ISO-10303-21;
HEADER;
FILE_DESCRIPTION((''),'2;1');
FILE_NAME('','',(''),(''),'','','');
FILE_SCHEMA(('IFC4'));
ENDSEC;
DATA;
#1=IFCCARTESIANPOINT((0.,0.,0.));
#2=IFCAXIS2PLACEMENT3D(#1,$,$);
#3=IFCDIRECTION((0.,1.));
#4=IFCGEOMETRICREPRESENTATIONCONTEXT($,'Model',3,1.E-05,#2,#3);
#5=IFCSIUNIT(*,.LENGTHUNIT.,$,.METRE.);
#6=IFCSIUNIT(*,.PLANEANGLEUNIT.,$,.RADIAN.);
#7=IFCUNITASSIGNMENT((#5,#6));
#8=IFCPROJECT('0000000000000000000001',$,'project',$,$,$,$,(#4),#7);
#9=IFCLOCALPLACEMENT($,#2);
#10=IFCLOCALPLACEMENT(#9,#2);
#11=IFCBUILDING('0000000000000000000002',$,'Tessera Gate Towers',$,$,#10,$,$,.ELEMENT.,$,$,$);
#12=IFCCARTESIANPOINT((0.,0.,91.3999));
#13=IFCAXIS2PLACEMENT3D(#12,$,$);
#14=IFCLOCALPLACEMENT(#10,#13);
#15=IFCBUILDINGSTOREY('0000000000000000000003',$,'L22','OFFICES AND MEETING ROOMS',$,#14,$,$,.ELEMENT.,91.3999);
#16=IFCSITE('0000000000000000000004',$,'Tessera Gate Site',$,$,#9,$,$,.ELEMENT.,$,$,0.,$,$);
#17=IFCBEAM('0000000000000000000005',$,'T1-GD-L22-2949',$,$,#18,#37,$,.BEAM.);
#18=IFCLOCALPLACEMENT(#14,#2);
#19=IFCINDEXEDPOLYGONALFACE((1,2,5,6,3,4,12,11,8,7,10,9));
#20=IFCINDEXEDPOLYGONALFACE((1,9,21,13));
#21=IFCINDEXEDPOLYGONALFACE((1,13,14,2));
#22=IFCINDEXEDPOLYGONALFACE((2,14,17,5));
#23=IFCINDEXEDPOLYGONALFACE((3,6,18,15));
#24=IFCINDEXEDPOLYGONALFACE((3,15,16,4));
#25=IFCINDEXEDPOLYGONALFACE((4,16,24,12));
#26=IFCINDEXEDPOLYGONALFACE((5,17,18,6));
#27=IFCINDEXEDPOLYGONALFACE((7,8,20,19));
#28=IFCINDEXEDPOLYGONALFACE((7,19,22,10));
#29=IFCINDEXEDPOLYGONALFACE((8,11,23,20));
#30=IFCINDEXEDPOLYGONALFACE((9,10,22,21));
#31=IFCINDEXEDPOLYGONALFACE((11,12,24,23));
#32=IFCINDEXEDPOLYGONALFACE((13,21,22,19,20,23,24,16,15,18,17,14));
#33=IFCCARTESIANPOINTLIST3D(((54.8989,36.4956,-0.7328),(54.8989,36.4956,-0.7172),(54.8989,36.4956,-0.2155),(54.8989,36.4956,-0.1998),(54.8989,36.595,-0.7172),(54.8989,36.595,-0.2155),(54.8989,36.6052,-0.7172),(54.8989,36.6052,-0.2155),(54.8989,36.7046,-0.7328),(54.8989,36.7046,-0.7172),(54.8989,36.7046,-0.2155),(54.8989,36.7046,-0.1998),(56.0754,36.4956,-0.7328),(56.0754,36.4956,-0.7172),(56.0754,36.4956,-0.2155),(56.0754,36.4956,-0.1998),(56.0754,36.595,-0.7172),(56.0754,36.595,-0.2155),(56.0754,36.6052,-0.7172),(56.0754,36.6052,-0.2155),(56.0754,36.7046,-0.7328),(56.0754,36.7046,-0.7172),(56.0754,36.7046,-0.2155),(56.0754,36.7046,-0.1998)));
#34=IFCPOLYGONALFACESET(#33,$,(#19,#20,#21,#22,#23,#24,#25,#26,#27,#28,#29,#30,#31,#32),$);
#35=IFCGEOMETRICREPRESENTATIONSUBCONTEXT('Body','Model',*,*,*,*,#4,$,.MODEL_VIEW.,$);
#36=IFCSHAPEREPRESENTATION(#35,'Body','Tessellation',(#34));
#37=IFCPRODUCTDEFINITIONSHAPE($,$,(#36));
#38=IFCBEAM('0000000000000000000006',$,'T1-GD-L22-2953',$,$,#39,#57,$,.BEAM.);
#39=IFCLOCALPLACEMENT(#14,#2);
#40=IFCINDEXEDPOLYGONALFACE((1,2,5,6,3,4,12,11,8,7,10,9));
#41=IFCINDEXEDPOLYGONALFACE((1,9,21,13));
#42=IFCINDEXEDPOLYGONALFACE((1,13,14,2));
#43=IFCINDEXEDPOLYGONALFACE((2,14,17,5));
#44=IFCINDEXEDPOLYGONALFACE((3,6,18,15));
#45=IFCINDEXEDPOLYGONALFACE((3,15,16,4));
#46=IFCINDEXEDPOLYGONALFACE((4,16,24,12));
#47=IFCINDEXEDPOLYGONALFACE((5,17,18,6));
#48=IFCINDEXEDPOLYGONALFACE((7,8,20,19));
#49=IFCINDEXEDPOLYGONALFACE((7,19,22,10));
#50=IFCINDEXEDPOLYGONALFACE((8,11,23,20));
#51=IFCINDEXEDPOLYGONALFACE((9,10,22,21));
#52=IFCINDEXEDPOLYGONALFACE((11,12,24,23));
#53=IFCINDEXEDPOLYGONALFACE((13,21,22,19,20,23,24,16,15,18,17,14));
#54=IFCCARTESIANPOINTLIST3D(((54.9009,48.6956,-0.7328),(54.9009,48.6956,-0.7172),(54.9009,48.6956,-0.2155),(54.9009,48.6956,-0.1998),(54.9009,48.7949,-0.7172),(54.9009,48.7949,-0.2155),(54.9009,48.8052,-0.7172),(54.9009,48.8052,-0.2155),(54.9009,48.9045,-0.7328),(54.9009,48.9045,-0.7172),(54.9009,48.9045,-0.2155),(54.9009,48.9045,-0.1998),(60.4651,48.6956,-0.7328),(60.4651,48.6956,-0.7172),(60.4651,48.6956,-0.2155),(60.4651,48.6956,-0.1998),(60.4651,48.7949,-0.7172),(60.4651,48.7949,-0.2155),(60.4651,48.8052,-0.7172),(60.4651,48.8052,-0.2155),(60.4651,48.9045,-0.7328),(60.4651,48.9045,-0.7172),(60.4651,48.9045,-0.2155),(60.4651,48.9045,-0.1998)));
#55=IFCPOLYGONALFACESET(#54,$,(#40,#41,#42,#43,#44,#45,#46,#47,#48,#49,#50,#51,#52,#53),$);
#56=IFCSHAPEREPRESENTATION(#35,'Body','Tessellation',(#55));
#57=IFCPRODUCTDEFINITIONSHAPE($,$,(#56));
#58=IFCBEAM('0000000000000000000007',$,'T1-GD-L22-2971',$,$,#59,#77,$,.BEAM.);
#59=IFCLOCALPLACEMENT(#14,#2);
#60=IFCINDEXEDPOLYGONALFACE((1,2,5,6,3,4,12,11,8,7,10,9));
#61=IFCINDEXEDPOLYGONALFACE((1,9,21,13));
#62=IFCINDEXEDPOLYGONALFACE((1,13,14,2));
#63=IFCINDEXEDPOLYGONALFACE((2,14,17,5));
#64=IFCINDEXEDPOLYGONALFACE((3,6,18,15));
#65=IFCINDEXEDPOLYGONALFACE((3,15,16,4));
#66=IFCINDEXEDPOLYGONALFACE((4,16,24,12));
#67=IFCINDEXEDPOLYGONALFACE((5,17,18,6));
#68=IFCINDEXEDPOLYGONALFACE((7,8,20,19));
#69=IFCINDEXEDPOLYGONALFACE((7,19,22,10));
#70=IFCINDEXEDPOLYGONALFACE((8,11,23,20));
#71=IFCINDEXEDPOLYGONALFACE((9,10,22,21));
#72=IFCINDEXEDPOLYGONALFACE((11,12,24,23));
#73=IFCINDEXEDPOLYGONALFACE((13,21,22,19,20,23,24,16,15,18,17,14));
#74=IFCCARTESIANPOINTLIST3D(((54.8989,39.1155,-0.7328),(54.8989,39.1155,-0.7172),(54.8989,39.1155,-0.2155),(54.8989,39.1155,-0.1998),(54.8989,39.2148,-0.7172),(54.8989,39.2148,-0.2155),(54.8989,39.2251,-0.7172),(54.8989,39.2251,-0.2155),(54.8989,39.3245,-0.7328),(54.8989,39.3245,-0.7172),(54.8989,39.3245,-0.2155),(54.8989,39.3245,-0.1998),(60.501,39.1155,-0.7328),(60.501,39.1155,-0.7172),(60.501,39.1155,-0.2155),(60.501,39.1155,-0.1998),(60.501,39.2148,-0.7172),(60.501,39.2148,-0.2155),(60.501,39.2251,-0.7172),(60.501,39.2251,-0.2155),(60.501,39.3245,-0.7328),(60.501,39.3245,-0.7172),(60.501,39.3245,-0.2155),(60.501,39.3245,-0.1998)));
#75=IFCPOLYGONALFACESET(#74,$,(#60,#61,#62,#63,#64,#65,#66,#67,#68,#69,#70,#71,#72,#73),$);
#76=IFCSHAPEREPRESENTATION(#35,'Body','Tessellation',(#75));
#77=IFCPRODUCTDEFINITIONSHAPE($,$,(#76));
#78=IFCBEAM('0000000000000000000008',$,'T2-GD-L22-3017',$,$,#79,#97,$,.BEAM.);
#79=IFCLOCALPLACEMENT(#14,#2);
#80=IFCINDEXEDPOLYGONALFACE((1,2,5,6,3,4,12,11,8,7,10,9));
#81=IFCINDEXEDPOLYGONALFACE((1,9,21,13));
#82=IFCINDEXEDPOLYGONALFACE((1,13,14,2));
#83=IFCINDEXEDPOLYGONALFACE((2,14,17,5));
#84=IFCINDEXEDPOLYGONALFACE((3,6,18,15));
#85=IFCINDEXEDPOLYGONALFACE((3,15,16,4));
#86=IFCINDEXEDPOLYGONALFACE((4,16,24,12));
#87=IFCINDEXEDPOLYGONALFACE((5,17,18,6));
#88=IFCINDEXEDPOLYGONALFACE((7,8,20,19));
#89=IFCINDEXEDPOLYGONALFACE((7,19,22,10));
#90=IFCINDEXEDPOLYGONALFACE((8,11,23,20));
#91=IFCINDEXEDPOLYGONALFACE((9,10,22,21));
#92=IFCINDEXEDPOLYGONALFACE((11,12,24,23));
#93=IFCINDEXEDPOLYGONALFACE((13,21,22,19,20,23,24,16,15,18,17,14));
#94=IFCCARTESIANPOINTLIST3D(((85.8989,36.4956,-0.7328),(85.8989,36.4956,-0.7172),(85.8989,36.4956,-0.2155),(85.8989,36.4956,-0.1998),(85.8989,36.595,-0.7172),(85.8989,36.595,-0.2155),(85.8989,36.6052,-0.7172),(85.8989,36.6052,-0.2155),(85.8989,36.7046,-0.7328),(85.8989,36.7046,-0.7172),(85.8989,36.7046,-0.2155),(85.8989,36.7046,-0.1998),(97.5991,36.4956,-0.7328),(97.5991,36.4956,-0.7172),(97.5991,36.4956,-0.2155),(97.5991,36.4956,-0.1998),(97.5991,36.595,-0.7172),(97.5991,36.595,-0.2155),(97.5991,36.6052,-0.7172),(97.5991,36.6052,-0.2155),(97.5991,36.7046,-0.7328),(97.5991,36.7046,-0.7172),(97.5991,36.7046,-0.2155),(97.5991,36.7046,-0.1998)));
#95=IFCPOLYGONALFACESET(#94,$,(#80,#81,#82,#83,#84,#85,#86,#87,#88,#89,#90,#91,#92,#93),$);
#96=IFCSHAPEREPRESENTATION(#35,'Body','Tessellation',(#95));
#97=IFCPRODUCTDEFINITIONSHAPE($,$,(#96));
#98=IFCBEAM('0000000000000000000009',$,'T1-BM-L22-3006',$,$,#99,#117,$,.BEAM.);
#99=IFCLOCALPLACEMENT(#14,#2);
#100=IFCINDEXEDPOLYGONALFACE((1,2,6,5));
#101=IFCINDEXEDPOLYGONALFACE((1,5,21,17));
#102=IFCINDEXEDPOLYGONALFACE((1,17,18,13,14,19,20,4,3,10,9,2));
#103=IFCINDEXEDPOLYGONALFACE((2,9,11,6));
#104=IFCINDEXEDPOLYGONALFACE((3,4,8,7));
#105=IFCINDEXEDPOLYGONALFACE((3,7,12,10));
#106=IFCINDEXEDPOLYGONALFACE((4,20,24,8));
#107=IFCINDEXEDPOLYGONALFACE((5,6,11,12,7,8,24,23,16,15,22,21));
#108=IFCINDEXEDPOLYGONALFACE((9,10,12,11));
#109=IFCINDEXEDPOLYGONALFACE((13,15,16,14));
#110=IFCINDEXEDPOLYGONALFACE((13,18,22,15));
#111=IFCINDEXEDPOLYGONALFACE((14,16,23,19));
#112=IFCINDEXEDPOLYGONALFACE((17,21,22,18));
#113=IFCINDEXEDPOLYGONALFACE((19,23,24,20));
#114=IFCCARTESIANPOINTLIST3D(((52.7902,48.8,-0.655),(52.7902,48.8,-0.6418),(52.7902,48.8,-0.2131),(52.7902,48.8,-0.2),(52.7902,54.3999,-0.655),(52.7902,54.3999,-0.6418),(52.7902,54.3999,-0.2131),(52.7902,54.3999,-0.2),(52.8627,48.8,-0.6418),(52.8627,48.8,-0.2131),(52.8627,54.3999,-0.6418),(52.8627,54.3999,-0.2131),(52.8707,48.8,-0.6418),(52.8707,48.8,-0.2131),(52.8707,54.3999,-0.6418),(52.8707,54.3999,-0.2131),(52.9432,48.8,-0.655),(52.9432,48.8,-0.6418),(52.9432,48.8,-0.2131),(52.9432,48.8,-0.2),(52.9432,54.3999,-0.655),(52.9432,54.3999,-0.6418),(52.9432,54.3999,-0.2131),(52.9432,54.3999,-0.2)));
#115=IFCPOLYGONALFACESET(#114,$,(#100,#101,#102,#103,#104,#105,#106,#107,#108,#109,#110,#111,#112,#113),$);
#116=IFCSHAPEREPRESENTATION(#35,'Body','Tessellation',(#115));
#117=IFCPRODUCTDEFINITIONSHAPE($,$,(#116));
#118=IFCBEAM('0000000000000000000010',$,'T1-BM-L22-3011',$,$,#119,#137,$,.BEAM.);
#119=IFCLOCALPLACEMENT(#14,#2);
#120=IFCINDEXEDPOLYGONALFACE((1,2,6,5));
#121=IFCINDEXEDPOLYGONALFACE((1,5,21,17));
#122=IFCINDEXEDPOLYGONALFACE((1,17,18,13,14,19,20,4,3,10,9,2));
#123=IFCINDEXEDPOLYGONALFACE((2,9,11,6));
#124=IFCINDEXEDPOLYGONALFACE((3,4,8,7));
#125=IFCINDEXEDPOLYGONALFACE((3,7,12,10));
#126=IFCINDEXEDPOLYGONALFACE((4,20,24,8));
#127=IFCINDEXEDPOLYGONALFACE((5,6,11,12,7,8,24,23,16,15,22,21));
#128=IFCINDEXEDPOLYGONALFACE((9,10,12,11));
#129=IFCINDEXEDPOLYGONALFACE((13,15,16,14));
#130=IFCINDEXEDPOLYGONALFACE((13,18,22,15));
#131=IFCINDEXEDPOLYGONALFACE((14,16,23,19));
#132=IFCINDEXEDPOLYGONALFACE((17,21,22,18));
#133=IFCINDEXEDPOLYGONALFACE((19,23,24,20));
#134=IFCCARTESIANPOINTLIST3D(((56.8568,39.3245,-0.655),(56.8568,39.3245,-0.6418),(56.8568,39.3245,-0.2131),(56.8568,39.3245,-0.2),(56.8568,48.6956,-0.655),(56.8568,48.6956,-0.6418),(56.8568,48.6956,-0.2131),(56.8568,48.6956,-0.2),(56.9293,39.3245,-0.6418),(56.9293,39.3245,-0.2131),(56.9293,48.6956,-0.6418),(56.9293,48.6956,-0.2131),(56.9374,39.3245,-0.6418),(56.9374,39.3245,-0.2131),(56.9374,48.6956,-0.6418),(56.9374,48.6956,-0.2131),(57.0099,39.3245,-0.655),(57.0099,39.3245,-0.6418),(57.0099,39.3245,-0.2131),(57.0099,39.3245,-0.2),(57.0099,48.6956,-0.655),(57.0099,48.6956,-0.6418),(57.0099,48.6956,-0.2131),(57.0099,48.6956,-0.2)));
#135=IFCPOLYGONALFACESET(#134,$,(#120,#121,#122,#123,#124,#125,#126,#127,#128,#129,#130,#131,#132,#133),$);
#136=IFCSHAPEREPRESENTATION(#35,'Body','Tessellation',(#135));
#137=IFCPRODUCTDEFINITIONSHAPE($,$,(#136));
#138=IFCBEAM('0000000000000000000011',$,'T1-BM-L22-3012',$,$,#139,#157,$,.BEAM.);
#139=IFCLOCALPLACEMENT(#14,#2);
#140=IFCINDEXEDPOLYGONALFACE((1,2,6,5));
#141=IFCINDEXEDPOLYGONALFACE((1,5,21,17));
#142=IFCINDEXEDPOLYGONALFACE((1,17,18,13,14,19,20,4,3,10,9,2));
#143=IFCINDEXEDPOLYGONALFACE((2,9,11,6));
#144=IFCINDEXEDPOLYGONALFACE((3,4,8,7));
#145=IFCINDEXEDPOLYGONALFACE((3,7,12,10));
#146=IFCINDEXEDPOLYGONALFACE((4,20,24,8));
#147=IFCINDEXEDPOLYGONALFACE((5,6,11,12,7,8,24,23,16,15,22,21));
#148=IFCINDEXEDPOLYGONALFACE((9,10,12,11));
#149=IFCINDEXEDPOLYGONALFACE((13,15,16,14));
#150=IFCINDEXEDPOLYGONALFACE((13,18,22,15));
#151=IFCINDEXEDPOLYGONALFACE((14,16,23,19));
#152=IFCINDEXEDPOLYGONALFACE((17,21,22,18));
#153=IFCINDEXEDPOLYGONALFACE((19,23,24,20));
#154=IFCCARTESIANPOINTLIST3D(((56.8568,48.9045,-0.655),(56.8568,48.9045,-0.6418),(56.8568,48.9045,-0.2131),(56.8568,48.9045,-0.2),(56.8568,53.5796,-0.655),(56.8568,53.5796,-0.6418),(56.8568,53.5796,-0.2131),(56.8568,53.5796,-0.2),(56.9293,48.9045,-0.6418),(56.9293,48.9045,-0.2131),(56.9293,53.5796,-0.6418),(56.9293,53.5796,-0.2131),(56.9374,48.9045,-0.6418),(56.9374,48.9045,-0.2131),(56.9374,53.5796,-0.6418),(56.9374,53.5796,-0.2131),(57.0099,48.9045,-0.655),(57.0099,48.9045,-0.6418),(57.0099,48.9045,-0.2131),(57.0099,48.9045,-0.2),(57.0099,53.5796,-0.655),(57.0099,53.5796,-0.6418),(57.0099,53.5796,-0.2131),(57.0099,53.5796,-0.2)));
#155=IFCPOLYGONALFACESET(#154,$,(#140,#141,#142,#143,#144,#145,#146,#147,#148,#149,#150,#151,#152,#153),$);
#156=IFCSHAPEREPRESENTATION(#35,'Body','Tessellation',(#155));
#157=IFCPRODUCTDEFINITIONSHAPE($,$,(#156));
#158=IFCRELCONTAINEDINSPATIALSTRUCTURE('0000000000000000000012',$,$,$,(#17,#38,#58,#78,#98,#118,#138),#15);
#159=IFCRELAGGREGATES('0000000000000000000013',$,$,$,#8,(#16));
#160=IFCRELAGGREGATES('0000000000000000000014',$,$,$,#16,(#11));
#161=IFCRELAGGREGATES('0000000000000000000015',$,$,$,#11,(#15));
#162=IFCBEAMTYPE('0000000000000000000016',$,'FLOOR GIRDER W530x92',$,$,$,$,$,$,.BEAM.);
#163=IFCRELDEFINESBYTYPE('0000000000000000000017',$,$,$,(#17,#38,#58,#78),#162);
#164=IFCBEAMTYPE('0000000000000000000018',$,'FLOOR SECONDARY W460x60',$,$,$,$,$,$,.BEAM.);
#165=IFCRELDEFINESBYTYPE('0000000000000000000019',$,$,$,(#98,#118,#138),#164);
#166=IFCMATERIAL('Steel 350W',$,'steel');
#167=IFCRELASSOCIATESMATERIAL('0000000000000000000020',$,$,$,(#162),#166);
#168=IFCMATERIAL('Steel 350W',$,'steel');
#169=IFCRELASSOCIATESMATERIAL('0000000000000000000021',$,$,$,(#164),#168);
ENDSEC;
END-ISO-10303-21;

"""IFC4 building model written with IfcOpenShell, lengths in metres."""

from ifc_helpers import new_model, si_unit, direction, frame, origin, origin_2d, place, context, subcontext, project, spatial, i_section, extrude, material, material_profile, profile_set, type_object, element, save


model = new_model("IFC4")

# Units and contexts
model_context = context("Model", 3, precision=1e-05, world=origin(), true_north=direction((0.0, 1.0)))
body_context = subcontext(model_context, "Body", "Model", "MODEL_VIEW")
ifc_project = project(units=[si_unit("LENGTHUNIT", "METRE"), si_unit("PLANEANGLEUNIT", "RADIAN")], contexts=[model_context])

# Site, building, storey
site_placement = place(None, origin())
site = spatial("IfcSite", under=ifc_project, at=site_placement, Name="Tessera Gate Site", CompositionType="ELEMENT", RefElevation=0.0)
building_placement = place(site_placement, origin())
building = spatial("IfcBuilding", under=site, at=building_placement, Name="Tessera Gate Towers", CompositionType="ELEMENT")
storey_placement = place(building_placement, frame((0.0, 0.0, 91.3999)))
storey = spatial("IfcBuildingStorey", under=building, at=storey_placement, Name="L22", Description="OFFICES AND MEETING ROOMS", CompositionType="ELEMENT", Elevation=91.3999)

# Beams
ifc_material_1 = material(Name="Steel 350W", Category="steel")
ifc_material_profile_1 = material_profile(ifc_material_1, i_section(OverallWidth=0.209, OverallDepth=0.533, WebThickness=0.0103, FlangeThickness=0.0156, at=origin_2d()), Name="W530x92")
ifc_profile_set_1 = profile_set([ifc_material_profile_1], Name="Steel 350W")
beam_type_1 = type_object("IfcBeamType", Name="FLOOR GIRDER W530x92", PredefinedType="BEAM", material=ifc_profile_set_1)
beam_1_placement = place(storey_placement, frame((54.8989, 36.6001, -0.4663), z_axis=(1.0, 0.0, 0.0), x_axis=(0.0, 1.0, 0.0)))
element("IfcBeam", 1, at=beam_1_placement, inside=storey, type_object=beam_type_1, Name="T1-GD-L22-2949", PredefinedType="BEAM", context=body_context, shape_type="SweptSolid", body=[
    extrude(i_section(OverallWidth=0.209, OverallDepth=0.533, WebThickness=0.0103, FlangeThickness=0.0156, at=origin_2d()), origin(), (0.0, 0.0, 1.0), 1.1765),
])
beam_2_placement = place(storey_placement, frame((54.9009, 48.8, -0.4663), z_axis=(1.0, 0.0, 0.0), x_axis=(0.0, 1.0, 0.0)))
element("IfcBeam", 2, at=beam_2_placement, inside=storey, type_object=beam_type_1, Name="T1-GD-L22-2953", PredefinedType="BEAM", context=body_context, shape_type="SweptSolid", body=[
    extrude(i_section(OverallWidth=0.209, OverallDepth=0.533, WebThickness=0.0103, FlangeThickness=0.0156, at=origin_2d()), origin(), (0.0, 0.0, 1.0), 5.5642),
])
beam_3_placement = place(storey_placement, frame((54.8989, 39.22, -0.4663), z_axis=(1.0, 0.0, 0.0), x_axis=(0.0, 1.0, 0.0)))
element("IfcBeam", 3, at=beam_3_placement, inside=storey, type_object=beam_type_1, Name="T1-GD-L22-2971", PredefinedType="BEAM", context=body_context, shape_type="SweptSolid", body=[
    extrude(i_section(OverallWidth=0.209, OverallDepth=0.533, WebThickness=0.0103, FlangeThickness=0.0156, at=origin_2d()), origin(), (0.0, 0.0, 1.0), 5.6021),
])
beam_4_placement = place(storey_placement, frame((85.8989, 36.6001, -0.4663), z_axis=(1.0, 0.0, 0.0), x_axis=(0.0, 1.0, 0.0)))
element("IfcBeam", 4, at=beam_4_placement, inside=storey, type_object=beam_type_1, Name="T2-GD-L22-3017", PredefinedType="BEAM", context=body_context, shape_type="SweptSolid", body=[
    extrude(i_section(OverallWidth=0.209, OverallDepth=0.533, WebThickness=0.0103, FlangeThickness=0.0156, at=origin_2d()), origin(), (0.0, 0.0, 1.0), 11.7002),
])
ifc_material_2 = material(Name="Steel 350W", Category="steel")
ifc_material_profile_2 = material_profile(ifc_material_2, i_section(OverallWidth=0.1531, OverallDepth=0.4551, WebThickness=0.0081, FlangeThickness=0.0132, at=origin_2d()), Name="W460x60")
ifc_profile_set_2 = profile_set([ifc_material_profile_2], Name="Steel 350W")
beam_type_2 = type_object("IfcBeamType", Name="FLOOR SECONDARY W460x60", PredefinedType="BEAM", material=ifc_profile_set_2)
beam_5_placement = place(storey_placement, frame((52.8667, 48.8, -0.4275), z_axis=(0.0, 1.0, 0.0), x_axis=(-1.0, 0.0, 0.0)))
element("IfcBeam", 5, at=beam_5_placement, inside=storey, type_object=beam_type_2, Name="T1-BM-L22-3006", PredefinedType="BEAM", context=body_context, shape_type="SweptSolid", body=[
    extrude(i_section(OverallWidth=0.1531, OverallDepth=0.4551, WebThickness=0.0081, FlangeThickness=0.0132, at=origin_2d()), origin(), (0.0, 0.0, 1.0), 5.5999),
])
beam_6_placement = place(storey_placement, frame((56.9333, 39.3245, -0.4275), z_axis=(0.0, 1.0, 0.0), x_axis=(-1.0, 0.0, 0.0)))
element("IfcBeam", 6, at=beam_6_placement, inside=storey, type_object=beam_type_2, Name="T1-BM-L22-3011", PredefinedType="BEAM", context=body_context, shape_type="SweptSolid", body=[
    extrude(i_section(OverallWidth=0.1531, OverallDepth=0.4551, WebThickness=0.0081, FlangeThickness=0.0132, at=origin_2d()), origin(), (0.0, 0.0, 1.0), 9.3711),
])
beam_7_placement = place(storey_placement, frame((56.9333, 48.9045, -0.4275), z_axis=(0.0, 1.0, 0.0), x_axis=(-1.0, 0.0, 0.0)))
element("IfcBeam", 7, at=beam_7_placement, inside=storey, type_object=beam_type_2, Name="T1-BM-L22-3012", PredefinedType="BEAM", context=body_context, shape_type="SweptSolid", body=[
    extrude(i_section(OverallWidth=0.1531, OverallDepth=0.4551, WebThickness=0.0081, FlangeThickness=0.0132, at=origin_2d()), origin(), (0.0, 0.0, 1.0), 4.675),
])

save(model, "model.ifc")
